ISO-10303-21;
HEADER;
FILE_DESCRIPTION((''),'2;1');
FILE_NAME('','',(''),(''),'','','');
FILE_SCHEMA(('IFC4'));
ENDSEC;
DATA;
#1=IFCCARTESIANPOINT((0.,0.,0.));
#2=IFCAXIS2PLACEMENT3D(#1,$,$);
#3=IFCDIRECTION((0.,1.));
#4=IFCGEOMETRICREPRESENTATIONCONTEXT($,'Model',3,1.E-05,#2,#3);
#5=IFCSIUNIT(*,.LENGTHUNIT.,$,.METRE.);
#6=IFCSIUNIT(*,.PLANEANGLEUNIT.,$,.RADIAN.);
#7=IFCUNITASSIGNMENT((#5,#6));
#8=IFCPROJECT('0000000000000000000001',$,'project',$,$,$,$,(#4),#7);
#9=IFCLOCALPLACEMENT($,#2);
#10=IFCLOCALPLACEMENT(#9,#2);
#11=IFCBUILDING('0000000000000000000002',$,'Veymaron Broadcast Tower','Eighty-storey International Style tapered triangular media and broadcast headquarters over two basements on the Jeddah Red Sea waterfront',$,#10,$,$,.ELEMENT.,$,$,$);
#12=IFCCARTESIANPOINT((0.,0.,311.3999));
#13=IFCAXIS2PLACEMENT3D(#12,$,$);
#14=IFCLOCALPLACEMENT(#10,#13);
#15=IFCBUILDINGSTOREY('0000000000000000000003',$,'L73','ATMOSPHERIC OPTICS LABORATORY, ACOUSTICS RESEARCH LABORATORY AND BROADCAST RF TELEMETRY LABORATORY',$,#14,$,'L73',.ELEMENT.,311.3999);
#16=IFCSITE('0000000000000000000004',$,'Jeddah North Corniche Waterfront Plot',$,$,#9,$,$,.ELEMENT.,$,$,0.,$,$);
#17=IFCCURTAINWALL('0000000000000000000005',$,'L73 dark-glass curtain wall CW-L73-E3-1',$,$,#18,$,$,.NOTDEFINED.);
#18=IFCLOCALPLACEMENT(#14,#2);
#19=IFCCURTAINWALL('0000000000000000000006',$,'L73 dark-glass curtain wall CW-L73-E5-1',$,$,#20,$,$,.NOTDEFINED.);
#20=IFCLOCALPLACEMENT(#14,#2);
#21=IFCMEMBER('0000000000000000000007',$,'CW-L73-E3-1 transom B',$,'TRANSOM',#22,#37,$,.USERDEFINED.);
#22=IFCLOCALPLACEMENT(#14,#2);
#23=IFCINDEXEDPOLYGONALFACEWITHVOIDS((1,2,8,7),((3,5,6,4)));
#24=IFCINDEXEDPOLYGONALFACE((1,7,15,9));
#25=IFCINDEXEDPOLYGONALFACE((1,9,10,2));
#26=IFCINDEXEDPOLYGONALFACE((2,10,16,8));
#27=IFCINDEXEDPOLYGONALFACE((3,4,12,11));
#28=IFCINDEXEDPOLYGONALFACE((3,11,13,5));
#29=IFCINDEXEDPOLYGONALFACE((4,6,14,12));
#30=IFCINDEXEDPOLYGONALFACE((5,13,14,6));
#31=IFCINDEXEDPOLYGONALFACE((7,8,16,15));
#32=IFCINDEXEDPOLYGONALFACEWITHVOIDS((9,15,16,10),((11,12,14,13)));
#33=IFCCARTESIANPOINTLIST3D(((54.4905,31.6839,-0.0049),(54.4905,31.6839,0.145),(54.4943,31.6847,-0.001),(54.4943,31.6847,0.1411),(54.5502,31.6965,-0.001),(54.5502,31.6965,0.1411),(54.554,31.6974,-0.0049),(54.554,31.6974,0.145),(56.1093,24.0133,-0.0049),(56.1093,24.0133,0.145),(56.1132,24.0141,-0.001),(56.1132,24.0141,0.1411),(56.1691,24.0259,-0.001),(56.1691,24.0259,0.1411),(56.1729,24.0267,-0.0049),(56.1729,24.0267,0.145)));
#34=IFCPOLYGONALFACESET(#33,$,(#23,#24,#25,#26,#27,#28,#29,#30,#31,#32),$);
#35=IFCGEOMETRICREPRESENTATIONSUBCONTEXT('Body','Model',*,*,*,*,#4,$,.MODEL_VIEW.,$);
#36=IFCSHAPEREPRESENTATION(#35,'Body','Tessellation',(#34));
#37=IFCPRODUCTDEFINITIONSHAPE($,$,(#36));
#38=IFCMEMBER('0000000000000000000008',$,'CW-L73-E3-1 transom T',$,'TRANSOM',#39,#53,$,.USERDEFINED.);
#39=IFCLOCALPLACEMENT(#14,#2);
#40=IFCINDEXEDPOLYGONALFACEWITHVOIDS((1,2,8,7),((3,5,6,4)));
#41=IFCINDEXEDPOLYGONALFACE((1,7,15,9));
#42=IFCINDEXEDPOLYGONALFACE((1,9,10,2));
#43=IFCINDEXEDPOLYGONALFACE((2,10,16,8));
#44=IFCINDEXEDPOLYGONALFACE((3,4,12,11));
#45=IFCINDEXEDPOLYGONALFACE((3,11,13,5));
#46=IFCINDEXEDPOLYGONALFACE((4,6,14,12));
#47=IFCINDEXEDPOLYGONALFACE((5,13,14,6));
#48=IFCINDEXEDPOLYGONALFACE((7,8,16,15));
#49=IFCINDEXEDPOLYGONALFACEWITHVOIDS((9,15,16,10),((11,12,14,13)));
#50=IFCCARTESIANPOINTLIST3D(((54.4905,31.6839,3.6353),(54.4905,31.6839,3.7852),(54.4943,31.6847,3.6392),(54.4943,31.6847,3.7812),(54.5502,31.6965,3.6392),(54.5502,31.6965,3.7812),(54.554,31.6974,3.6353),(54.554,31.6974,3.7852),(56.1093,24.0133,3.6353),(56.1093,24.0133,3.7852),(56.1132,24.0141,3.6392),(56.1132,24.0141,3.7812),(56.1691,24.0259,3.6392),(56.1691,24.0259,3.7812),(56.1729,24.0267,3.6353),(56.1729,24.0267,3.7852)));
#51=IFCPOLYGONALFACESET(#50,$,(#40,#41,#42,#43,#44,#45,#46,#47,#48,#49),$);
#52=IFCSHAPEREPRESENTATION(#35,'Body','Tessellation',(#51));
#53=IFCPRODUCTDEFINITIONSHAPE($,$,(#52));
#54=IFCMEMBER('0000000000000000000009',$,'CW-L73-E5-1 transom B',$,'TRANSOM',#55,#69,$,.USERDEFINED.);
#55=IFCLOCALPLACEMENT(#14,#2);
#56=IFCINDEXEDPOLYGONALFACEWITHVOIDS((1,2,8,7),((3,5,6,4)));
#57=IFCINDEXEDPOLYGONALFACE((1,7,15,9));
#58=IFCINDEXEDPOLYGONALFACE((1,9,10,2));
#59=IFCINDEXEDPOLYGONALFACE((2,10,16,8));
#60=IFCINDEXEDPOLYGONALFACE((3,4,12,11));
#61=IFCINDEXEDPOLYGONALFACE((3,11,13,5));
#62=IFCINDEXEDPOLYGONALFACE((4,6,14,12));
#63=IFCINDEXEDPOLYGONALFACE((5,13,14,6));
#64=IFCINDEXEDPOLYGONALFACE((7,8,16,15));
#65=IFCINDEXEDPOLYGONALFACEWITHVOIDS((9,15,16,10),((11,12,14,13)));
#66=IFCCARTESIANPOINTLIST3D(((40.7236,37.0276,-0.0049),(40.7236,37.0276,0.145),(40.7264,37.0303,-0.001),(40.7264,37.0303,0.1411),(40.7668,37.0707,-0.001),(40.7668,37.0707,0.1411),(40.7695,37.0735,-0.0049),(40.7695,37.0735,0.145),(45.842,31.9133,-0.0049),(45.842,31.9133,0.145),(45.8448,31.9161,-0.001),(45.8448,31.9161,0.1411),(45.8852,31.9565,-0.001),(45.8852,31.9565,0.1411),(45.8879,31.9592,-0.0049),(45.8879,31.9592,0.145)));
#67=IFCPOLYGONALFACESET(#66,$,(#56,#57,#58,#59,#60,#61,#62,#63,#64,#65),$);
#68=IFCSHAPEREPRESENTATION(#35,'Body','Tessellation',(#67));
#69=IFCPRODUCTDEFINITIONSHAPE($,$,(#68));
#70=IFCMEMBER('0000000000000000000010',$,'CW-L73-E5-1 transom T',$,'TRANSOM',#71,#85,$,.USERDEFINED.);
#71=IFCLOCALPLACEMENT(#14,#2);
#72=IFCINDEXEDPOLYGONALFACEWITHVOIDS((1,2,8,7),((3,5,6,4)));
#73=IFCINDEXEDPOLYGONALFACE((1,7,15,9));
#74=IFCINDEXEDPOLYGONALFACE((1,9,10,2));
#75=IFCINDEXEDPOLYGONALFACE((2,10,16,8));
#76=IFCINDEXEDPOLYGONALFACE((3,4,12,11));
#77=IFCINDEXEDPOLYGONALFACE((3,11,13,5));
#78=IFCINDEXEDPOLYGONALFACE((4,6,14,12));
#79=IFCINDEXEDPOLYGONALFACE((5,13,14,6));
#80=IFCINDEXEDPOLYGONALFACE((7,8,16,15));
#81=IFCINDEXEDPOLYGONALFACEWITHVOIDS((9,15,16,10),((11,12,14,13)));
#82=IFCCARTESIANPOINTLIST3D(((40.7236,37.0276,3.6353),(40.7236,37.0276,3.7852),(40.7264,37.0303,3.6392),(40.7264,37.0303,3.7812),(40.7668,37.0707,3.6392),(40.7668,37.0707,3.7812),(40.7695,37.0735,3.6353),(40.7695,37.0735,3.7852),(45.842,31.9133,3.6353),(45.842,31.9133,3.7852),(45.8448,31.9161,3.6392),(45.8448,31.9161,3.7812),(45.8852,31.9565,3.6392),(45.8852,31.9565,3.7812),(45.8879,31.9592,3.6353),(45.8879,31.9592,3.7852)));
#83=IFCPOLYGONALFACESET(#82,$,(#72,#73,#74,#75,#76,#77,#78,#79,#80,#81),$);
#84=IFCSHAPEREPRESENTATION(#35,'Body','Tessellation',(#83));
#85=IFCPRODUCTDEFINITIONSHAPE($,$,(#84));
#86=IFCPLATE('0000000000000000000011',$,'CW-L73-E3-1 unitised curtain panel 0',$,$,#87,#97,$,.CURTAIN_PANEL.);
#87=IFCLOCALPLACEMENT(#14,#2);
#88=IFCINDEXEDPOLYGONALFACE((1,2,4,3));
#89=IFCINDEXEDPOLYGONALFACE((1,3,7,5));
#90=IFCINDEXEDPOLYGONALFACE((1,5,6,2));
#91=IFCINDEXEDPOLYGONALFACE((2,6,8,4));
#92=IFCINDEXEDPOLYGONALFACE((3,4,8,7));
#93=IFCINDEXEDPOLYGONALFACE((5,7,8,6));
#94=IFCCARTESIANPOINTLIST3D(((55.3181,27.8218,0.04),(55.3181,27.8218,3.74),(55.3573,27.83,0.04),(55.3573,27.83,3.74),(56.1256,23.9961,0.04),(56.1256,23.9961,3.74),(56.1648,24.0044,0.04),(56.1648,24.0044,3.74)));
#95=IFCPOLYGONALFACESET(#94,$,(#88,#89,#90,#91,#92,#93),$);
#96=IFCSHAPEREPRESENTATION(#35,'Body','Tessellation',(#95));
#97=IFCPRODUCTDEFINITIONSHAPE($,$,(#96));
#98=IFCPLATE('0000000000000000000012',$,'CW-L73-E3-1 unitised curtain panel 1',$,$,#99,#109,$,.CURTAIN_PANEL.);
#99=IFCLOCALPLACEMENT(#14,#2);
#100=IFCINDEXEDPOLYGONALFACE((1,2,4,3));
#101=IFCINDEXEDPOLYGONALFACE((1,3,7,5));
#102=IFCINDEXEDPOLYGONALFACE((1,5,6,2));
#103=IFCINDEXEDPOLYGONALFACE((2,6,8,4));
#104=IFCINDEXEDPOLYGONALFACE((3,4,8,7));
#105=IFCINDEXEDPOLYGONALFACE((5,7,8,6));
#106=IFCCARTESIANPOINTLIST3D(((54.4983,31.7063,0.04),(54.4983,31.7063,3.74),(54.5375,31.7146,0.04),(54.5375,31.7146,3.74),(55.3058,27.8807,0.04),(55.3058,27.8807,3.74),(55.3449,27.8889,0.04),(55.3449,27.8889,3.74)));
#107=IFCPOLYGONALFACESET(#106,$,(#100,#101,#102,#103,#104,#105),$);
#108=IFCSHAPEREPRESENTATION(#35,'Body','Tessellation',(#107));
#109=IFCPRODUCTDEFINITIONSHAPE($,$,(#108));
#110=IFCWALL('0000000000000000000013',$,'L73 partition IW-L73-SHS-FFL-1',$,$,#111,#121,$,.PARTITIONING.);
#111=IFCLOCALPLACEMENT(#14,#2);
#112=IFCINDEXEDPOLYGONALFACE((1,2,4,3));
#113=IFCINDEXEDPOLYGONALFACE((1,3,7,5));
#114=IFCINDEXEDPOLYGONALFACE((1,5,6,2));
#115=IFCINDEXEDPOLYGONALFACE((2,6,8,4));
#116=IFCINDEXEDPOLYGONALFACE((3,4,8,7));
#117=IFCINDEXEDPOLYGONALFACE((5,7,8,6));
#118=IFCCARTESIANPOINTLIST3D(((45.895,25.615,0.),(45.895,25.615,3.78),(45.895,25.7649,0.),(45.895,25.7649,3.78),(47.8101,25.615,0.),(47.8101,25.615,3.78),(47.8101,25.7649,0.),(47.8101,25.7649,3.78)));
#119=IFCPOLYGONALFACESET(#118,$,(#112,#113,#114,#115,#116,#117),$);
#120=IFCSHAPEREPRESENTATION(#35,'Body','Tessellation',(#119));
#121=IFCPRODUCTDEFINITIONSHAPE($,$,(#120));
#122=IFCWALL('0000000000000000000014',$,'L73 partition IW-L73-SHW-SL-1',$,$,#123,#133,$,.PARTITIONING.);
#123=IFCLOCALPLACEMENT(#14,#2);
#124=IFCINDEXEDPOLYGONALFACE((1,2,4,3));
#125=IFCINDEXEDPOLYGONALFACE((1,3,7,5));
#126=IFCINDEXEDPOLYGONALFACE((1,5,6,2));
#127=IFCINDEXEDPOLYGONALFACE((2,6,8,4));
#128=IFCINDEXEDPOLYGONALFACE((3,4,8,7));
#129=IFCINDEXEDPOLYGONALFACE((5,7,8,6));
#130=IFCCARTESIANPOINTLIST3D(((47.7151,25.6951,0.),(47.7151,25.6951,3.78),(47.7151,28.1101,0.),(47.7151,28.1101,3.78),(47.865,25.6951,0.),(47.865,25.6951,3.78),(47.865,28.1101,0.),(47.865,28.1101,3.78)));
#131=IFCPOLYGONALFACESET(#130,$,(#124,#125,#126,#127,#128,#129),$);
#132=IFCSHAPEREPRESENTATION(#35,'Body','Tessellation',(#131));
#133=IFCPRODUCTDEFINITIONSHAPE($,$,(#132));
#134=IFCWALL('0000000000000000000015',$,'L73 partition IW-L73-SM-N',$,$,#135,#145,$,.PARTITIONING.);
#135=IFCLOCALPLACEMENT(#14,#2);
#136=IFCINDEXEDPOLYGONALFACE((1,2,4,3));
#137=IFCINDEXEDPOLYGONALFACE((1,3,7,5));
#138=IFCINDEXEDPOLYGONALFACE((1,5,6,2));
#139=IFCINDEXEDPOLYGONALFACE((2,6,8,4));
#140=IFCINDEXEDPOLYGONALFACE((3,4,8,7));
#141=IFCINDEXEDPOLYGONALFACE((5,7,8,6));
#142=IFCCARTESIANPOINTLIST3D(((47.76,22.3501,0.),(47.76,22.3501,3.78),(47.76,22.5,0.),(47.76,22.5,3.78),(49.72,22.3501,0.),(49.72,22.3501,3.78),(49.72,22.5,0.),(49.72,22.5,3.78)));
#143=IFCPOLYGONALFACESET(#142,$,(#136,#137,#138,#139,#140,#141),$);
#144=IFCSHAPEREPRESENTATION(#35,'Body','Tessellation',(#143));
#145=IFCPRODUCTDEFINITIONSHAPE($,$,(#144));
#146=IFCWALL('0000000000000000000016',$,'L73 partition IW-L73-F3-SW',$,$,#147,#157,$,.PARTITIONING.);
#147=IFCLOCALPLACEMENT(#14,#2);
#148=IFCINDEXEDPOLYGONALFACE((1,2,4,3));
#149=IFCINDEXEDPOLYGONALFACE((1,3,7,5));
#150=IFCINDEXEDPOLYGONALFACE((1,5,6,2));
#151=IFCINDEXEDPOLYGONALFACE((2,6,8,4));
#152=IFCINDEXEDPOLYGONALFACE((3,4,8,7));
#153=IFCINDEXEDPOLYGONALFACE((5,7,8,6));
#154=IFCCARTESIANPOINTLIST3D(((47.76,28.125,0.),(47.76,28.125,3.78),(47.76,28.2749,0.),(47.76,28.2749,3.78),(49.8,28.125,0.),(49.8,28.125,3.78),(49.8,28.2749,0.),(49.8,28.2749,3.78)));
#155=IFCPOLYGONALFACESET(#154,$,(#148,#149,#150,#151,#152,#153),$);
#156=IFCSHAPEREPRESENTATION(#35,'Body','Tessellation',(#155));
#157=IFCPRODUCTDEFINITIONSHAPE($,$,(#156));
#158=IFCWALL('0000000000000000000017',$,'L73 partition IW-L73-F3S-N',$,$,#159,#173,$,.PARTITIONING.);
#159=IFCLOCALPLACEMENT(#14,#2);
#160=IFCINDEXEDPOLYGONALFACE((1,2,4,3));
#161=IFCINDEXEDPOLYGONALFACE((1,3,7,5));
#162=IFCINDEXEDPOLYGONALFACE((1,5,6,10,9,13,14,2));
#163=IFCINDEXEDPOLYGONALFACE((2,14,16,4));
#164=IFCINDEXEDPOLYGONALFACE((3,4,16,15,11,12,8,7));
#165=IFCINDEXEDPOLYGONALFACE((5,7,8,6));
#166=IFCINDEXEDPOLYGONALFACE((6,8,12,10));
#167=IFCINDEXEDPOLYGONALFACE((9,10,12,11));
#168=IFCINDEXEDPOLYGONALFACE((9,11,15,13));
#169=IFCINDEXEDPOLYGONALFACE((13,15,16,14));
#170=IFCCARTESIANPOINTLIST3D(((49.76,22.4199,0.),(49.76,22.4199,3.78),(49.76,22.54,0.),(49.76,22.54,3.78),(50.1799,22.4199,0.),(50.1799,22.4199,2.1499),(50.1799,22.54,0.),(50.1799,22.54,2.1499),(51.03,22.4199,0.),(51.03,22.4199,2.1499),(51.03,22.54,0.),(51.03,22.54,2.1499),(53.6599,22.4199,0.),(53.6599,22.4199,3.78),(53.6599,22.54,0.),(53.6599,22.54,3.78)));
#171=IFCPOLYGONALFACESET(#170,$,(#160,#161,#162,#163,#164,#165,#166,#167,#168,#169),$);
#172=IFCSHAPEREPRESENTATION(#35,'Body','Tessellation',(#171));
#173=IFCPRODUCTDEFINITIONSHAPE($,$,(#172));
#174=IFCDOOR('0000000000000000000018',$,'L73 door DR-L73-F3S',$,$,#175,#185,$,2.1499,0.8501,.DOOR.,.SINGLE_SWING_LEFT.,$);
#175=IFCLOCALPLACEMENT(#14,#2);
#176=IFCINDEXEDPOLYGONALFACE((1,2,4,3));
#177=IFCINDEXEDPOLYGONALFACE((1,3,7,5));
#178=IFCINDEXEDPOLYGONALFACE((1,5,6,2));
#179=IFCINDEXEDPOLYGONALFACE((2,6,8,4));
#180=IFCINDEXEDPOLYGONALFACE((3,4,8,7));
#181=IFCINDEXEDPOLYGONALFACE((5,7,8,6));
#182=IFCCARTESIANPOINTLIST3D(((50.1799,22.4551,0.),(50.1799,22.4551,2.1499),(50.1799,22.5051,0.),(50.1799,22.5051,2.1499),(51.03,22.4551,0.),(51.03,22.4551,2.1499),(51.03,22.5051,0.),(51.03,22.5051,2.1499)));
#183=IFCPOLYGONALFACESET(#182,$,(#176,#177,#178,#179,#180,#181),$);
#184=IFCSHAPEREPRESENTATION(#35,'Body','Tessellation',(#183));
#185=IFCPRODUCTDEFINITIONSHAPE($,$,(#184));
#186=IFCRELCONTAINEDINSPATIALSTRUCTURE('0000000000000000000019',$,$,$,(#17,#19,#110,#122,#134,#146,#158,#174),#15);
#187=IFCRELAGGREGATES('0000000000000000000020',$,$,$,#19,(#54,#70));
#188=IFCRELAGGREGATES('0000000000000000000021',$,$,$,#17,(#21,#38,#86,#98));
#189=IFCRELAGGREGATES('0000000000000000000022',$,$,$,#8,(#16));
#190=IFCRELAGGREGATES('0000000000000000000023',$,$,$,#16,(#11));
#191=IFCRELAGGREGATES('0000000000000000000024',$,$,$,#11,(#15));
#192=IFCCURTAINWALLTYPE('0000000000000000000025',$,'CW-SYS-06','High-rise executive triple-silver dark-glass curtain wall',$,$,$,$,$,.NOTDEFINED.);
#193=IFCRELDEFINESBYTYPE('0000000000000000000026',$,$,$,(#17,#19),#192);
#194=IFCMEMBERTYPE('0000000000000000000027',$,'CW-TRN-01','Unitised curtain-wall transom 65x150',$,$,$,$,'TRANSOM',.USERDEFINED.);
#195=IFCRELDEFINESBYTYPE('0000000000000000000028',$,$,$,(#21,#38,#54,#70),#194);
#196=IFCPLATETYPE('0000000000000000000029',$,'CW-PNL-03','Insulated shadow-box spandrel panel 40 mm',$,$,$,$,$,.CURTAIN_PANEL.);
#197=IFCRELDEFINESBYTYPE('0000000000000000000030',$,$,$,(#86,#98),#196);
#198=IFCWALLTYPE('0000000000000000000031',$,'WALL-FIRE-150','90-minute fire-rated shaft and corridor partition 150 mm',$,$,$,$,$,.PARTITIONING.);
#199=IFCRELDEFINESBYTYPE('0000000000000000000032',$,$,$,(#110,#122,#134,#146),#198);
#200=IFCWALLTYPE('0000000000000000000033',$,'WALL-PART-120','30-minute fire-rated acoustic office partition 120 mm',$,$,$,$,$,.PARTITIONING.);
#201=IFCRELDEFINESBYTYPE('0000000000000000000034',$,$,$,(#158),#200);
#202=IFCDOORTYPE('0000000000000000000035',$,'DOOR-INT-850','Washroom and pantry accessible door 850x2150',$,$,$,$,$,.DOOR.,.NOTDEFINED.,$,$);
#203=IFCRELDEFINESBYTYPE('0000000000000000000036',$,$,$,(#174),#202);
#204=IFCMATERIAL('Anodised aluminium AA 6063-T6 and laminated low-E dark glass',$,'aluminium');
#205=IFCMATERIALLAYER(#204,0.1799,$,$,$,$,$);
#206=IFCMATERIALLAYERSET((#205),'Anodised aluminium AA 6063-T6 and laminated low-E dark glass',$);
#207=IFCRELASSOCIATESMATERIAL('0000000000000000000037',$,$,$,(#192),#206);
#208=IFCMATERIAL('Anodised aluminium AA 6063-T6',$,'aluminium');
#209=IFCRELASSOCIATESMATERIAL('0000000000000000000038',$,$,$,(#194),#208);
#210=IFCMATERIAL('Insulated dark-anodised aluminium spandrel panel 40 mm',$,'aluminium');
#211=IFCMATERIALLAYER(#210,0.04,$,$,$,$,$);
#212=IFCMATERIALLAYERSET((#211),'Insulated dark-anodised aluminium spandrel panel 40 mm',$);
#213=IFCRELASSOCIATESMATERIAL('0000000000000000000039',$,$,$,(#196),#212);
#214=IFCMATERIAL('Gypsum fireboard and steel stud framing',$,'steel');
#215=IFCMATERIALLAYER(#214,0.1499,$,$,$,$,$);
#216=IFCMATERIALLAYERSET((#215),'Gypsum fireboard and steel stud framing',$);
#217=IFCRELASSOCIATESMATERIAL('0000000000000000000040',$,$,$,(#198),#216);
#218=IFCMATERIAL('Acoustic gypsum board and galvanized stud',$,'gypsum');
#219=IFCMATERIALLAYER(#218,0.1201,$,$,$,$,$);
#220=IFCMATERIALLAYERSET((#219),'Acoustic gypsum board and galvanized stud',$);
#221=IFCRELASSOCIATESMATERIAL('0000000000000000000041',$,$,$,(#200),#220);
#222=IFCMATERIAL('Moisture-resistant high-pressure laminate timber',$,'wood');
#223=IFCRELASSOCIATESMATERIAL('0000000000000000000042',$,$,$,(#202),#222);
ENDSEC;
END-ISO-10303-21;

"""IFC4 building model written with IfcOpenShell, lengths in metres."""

from ifc_helpers import new_model, si_unit, direction, frame, frame_2d, origin, origin_2d, place, context, subcontext, project, spatial, rectangle, hollow_rectangle, extrude, material, layer, layer_set, material_profile, profile_set, type_object, element, fill, aggregate, save


model = new_model("IFC4")

# Units and contexts
model_context = context("Model", 3, precision=1e-05, world=origin(), true_north=direction((0.0, 1.0)))
body_context = subcontext(model_context, "Body", "Model", "MODEL_VIEW")
ifc_project = project(units=[si_unit("LENGTHUNIT", "METRE"), si_unit("PLANEANGLEUNIT", "RADIAN")], contexts=[model_context])

# Site, building, storey
site_placement = place(None, origin())
site = spatial("IfcSite", under=ifc_project, at=site_placement, Name="Jeddah North Corniche Waterfront Plot", CompositionType="ELEMENT", RefElevation=0.0)
building_placement = place(site_placement, origin())
building = spatial("IfcBuilding", under=site, at=building_placement, Name="Veymaron Broadcast Tower", Description="Eighty-storey International Style tapered triangular media and broadcast headquarters over two basements on the Jeddah Red Sea waterfront", CompositionType="ELEMENT")
storey_placement = place(building_placement, frame((0.0, 0.0, 311.3999)))
storey = spatial("IfcBuildingStorey", under=building, at=storey_placement, Name="L73", Description="ATMOSPHERIC OPTICS LABORATORY, ACOUSTICS RESEARCH LABORATORY AND BROADCAST RF TELEMETRY LABORATORY", LongName="L73", CompositionType="ELEMENT", Elevation=311.3999)

# Shared definitions
ifc_material_1 = material(Name="Anodised aluminium AA 6063-T6 and laminated low-E dark glass", Category="aluminium")
ifc_layer_1 = layer(ifc_material_1, 0.1799)
ifc_layer_set_1 = layer_set([ifc_layer_1], Name="Anodised aluminium AA 6063-T6 and laminated low-E dark glass")
curtain_wall_type = type_object("IfcCurtainWallType", Name="CW-SYS-06", Description="High-rise executive triple-silver dark-glass curtain wall", PredefinedType="NOTDEFINED", material=ifc_layer_set_1)
ifc_material_2 = material(Name="Anodised aluminium AA 6063-T6", Category="aluminium")

# Curtain wall
curtain_wall_1_placement = place(storey_placement, origin())
curtain_wall_1 = element("IfcCurtainWall", 1, at=curtain_wall_1_placement, inside=storey, type_object=curtain_wall_type, Name="L73 dark-glass curtain wall CW-L73-E3-1", PredefinedType="NOTDEFINED")

# Curtain wall
curtain_wall_2_placement = place(storey_placement, origin())
curtain_wall_2 = element("IfcCurtainWall", 2, at=curtain_wall_2_placement, inside=storey, type_object=curtain_wall_type, Name="L73 dark-glass curtain wall CW-L73-E5-1", PredefinedType="NOTDEFINED")

# Members
ifc_material_profile_1 = material_profile(ifc_material_2, hollow_rectangle(XDim=0.0649, YDim=0.1499, WallThickness=0.0039, at=origin_2d()), Name="AL150X65X4")
ifc_profile_set_1 = profile_set([ifc_material_profile_1], Name="Anodised aluminium AA 6063-T6")
member_type_1 = type_object("IfcMemberType", Name="CW-TRN-01", Description="Unitised curtain-wall transom 65x150", ElementType="TRANSOM", PredefinedType="USERDEFINED", material=ifc_profile_set_1)
member_1_placement = place(storey_placement, frame((56.1411, 24.02, 0.0701), z_axis=(-0.206502, 0.978446, 0.0), x_axis=(-0.978446, -0.206502, 0.0)))
member_1 = element("IfcMember", 3, at=member_1_placement, type_object=member_type_1, Name="CW-L73-E3-1 transom B", ObjectType="TRANSOM", PredefinedType="USERDEFINED", context=body_context, shape_type="SweptSolid", body=[
    extrude(hollow_rectangle(XDim=0.0649, YDim=0.1499, WallThickness=0.0039, at=origin_2d()), origin(), (0.0, 0.0, 1.0), 7.8396),
])
member_2_placement = place(storey_placement, frame((56.1411, 24.02, 3.7102), z_axis=(-0.206502, 0.978446, 0.0), x_axis=(-0.978446, -0.206502, 0.0)))
member_2 = element("IfcMember", 4, at=member_2_placement, type_object=member_type_1, Name="CW-L73-E3-1 transom T", ObjectType="TRANSOM", PredefinedType="USERDEFINED", context=body_context, shape_type="SweptSolid", body=[
    extrude(hollow_rectangle(XDim=0.0649, YDim=0.1499, WallThickness=0.0039, at=origin_2d()), origin(), (0.0, 0.0, 1.0), 7.8396),
])
member_3_placement = place(storey_placement, frame((45.865, 31.9363, 0.0701), z_axis=(-0.707394, 0.70682, 0.0), x_axis=(-0.70682, -0.707394, 0.0)))
member_3 = element("IfcMember", 5, at=member_3_placement, type_object=member_type_1, Name="CW-L73-E5-1 transom B", ObjectType="TRANSOM", PredefinedType="USERDEFINED", context=body_context, shape_type="SweptSolid", body=[
    extrude(hollow_rectangle(XDim=0.0649, YDim=0.1499, WallThickness=0.0039, at=origin_2d()), origin(), (0.0, 0.0, 1.0), 7.2356),
])
member_4_placement = place(storey_placement, frame((45.865, 31.9363, 3.7102), z_axis=(-0.707394, 0.70682, 0.0), x_axis=(-0.70682, -0.707394, 0.0)))
member_4 = element("IfcMember", 6, at=member_4_placement, type_object=member_type_1, Name="CW-L73-E5-1 transom T", ObjectType="TRANSOM", PredefinedType="USERDEFINED", context=body_context, shape_type="SweptSolid", body=[
    extrude(hollow_rectangle(XDim=0.0649, YDim=0.1499, WallThickness=0.0039, at=origin_2d()), origin(), (0.0, 0.0, 1.0), 7.2356),
])
aggregate(curtain_wall_2, [member_3, member_4])

# Plates
ifc_material_3 = material(Name="Insulated dark-anodised aluminium spandrel panel 40 mm", Category="aluminium")
ifc_layer_2 = layer(ifc_material_3, 0.04)
ifc_layer_set_2 = layer_set([ifc_layer_2], Name="Insulated dark-anodised aluminium spandrel panel 40 mm")
plate_type = type_object("IfcPlateType", Name="CW-PNL-03", Description="Insulated shadow-box spandrel panel 40 mm", PredefinedType="CURTAIN_PANEL", material=ifc_layer_set_2)
plate_1_placement = place(storey_placement, frame((55.7415, 25.9131, 0.04), z_axis=(0.0, 0.0, 1.0), x_axis=(-0.206512, 0.978444, 0.0)))
plate_1 = element("IfcPlate", 7, at=plate_1_placement, type_object=plate_type, Name="CW-L73-E3-1 unitised curtain panel 0", PredefinedType="CURTAIN_PANEL", context=body_context, shape_type="SweptSolid", body=[
    extrude(rectangle(XDim=3.9099, YDim=0.04, at=origin_2d()), origin(), (0.0, 0.0, 1.0), 3.7),
])
plate_2_placement = place(storey_placement, frame((54.9216, 29.7976, 0.04), z_axis=(0.0, 0.0, 1.0), x_axis=(-0.206512, 0.978444, 0.0)))
plate_2 = element("IfcPlate", 8, at=plate_2_placement, type_object=plate_type, Name="CW-L73-E3-1 unitised curtain panel 1", PredefinedType="CURTAIN_PANEL", context=body_context, shape_type="SweptSolid", body=[
    extrude(rectangle(XDim=3.9099, YDim=0.04, at=origin_2d()), origin(), (0.0, 0.0, 1.0), 3.7),
])
aggregate(curtain_wall_1, [member_1, member_2, plate_1, plate_2])

# Shared definitions
ifc_material_4 = material(Name="Gypsum fireboard and steel stud framing", Category="steel")
ifc_layer_3 = layer(ifc_material_4, 0.1499)
ifc_layer_set_3 = layer_set([ifc_layer_3], Name="Gypsum fireboard and steel stud framing")
wall_type_1 = type_object("IfcWallType", Name="WALL-FIRE-150", Description="90-minute fire-rated shaft and corridor partition 150 mm", PredefinedType="PARTITIONING", material=ifc_layer_set_3)

# Wall
wall_1_placement = place(storey_placement, frame((45.895, 25.6899, 0.0), z_axis=(0.0, 0.0, 1.0), x_axis=(1.0, 0.0, 0.0)))
element("IfcWall", 9, at=wall_1_placement, inside=storey, type_object=wall_type_1, Name="L73 partition IW-L73-SHS-FFL-1", PredefinedType="PARTITIONING", context=body_context, shape_type="SweptSolid", body=[
    extrude(rectangle(XDim=1.915, YDim=0.1499, at=frame_2d((0.9575, 0.0))), origin(), (0.0, 0.0, 1.0), 3.78),
])

# Walls
wall_2_placement = place(storey_placement, frame((47.79, 25.6951, 0.0), z_axis=(0.0, 0.0, 1.0), x_axis=(0.0, 1.0, 0.0)))
element("IfcWall", 10, at=wall_2_placement, inside=storey, type_object=wall_type_1, Name="L73 partition IW-L73-SHW-SL-1", PredefinedType="PARTITIONING", context=body_context, shape_type="SweptSolid", body=[
    extrude(rectangle(XDim=2.415, YDim=0.1499, at=frame_2d((1.2075, 0.0))), origin(), (0.0, 0.0, 1.0), 3.78),
])
wall_3_placement = place(storey_placement, frame((47.76, 22.425, 0.0), z_axis=(0.0, 0.0, 1.0), x_axis=(1.0, 0.0, 0.0)))
element("IfcWall", 11, at=wall_3_placement, inside=storey, type_object=wall_type_1, Name="L73 partition IW-L73-SM-N", PredefinedType="PARTITIONING", context=body_context, shape_type="SweptSolid", body=[
    extrude(rectangle(XDim=1.96, YDim=0.1499, at=frame_2d((0.98, 0.0))), origin(), (0.0, 0.0, 1.0), 3.78),
])
wall_4_placement = place(storey_placement, frame((47.76, 28.2, 0.0), z_axis=(0.0, 0.0, 1.0), x_axis=(1.0, 0.0, 0.0)))
element("IfcWall", 12, at=wall_4_placement, inside=storey, type_object=wall_type_1, Name="L73 partition IW-L73-F3-SW", PredefinedType="PARTITIONING", context=body_context, shape_type="SweptSolid", body=[
    extrude(rectangle(XDim=2.04, YDim=0.1499, at=frame_2d((1.02, 0.0))), origin(), (0.0, 0.0, 1.0), 3.78),
])

# Wall, opening, door
ifc_material_5 = material(Name="Acoustic gypsum board and galvanized stud", Category="gypsum")
ifc_layer_4 = layer(ifc_material_5, 0.1201)
ifc_layer_set_4 = layer_set([ifc_layer_4], Name="Acoustic gypsum board and galvanized stud")
wall_type_2 = type_object("IfcWallType", Name="WALL-PART-120", Description="30-minute fire-rated acoustic office partition 120 mm", PredefinedType="PARTITIONING", material=ifc_layer_set_4)
wall_5_placement = place(storey_placement, frame((49.76, 22.48, 0.0), z_axis=(0.0, 0.0, 1.0), x_axis=(1.0, 0.0, 0.0)))
wall_5 = element("IfcWall", 13, at=wall_5_placement, inside=storey, type_object=wall_type_2, Name="L73 partition IW-L73-F3S-N", PredefinedType="PARTITIONING", context=body_context, shape_type="SweptSolid", body=[
    extrude(rectangle(XDim=3.8999, YDim=0.1201, at=frame_2d((1.95, 0.0))), origin(), (0.0, 0.0, 1.0), 3.78),
])
opening_1_placement = place(wall_5_placement, frame((0.4199, 0.0, 0.0)))
opening_1 = element("IfcOpeningElement", 14, at=opening_1_placement, cuts=wall_5, PredefinedType="OPENING", context=body_context, shape_type="SweptSolid", body=[
    extrude(rectangle(XDim=0.8501, YDim=2.1499, at=frame_2d((0.425, 1.075))), frame((0.0, 0.0701, 0.0), z_axis=(0.0, -1.0, 0.0), x_axis=(1.0, 0.0, 0.0)), (0.0, 0.0, 1.0), 0.1401),
])
ifc_material_6 = material(Name="Moisture-resistant high-pressure laminate timber", Category="wood")
door_type_1 = type_object("IfcDoorType", Name="DOOR-INT-850", Description="Washroom and pantry accessible door 850x2150", OperationType="NOTDEFINED", PredefinedType="DOOR", material=ifc_material_6)
door_1_placement = place(opening_1_placement, frame((0.8501, 0.0, 0.0), z_axis=(0.0, 0.0, 1.0), x_axis=(-1.0, 0.0, 0.0)))
door_1 = element("IfcDoor", 15, at=door_1_placement, inside=storey, type_object=door_type_1, Name="L73 door DR-L73-F3S", OperationType="SINGLE_SWING_LEFT", OverallHeight=2.1499, OverallWidth=0.8501, PredefinedType="DOOR", context=body_context, shape_type="SweptSolid", body=[
    extrude(rectangle(XDim=0.8501, YDim=2.1499, at=frame_2d((0.425, 1.075))), frame((0.0, 0.0249, 0.0), z_axis=(0.0, -1.0, 0.0), x_axis=(1.0, 0.0, 0.0)), (0.0, 0.0, 1.0), 0.05),
])
fill(opening_1, door_1)

save(model, "model.ifc")
